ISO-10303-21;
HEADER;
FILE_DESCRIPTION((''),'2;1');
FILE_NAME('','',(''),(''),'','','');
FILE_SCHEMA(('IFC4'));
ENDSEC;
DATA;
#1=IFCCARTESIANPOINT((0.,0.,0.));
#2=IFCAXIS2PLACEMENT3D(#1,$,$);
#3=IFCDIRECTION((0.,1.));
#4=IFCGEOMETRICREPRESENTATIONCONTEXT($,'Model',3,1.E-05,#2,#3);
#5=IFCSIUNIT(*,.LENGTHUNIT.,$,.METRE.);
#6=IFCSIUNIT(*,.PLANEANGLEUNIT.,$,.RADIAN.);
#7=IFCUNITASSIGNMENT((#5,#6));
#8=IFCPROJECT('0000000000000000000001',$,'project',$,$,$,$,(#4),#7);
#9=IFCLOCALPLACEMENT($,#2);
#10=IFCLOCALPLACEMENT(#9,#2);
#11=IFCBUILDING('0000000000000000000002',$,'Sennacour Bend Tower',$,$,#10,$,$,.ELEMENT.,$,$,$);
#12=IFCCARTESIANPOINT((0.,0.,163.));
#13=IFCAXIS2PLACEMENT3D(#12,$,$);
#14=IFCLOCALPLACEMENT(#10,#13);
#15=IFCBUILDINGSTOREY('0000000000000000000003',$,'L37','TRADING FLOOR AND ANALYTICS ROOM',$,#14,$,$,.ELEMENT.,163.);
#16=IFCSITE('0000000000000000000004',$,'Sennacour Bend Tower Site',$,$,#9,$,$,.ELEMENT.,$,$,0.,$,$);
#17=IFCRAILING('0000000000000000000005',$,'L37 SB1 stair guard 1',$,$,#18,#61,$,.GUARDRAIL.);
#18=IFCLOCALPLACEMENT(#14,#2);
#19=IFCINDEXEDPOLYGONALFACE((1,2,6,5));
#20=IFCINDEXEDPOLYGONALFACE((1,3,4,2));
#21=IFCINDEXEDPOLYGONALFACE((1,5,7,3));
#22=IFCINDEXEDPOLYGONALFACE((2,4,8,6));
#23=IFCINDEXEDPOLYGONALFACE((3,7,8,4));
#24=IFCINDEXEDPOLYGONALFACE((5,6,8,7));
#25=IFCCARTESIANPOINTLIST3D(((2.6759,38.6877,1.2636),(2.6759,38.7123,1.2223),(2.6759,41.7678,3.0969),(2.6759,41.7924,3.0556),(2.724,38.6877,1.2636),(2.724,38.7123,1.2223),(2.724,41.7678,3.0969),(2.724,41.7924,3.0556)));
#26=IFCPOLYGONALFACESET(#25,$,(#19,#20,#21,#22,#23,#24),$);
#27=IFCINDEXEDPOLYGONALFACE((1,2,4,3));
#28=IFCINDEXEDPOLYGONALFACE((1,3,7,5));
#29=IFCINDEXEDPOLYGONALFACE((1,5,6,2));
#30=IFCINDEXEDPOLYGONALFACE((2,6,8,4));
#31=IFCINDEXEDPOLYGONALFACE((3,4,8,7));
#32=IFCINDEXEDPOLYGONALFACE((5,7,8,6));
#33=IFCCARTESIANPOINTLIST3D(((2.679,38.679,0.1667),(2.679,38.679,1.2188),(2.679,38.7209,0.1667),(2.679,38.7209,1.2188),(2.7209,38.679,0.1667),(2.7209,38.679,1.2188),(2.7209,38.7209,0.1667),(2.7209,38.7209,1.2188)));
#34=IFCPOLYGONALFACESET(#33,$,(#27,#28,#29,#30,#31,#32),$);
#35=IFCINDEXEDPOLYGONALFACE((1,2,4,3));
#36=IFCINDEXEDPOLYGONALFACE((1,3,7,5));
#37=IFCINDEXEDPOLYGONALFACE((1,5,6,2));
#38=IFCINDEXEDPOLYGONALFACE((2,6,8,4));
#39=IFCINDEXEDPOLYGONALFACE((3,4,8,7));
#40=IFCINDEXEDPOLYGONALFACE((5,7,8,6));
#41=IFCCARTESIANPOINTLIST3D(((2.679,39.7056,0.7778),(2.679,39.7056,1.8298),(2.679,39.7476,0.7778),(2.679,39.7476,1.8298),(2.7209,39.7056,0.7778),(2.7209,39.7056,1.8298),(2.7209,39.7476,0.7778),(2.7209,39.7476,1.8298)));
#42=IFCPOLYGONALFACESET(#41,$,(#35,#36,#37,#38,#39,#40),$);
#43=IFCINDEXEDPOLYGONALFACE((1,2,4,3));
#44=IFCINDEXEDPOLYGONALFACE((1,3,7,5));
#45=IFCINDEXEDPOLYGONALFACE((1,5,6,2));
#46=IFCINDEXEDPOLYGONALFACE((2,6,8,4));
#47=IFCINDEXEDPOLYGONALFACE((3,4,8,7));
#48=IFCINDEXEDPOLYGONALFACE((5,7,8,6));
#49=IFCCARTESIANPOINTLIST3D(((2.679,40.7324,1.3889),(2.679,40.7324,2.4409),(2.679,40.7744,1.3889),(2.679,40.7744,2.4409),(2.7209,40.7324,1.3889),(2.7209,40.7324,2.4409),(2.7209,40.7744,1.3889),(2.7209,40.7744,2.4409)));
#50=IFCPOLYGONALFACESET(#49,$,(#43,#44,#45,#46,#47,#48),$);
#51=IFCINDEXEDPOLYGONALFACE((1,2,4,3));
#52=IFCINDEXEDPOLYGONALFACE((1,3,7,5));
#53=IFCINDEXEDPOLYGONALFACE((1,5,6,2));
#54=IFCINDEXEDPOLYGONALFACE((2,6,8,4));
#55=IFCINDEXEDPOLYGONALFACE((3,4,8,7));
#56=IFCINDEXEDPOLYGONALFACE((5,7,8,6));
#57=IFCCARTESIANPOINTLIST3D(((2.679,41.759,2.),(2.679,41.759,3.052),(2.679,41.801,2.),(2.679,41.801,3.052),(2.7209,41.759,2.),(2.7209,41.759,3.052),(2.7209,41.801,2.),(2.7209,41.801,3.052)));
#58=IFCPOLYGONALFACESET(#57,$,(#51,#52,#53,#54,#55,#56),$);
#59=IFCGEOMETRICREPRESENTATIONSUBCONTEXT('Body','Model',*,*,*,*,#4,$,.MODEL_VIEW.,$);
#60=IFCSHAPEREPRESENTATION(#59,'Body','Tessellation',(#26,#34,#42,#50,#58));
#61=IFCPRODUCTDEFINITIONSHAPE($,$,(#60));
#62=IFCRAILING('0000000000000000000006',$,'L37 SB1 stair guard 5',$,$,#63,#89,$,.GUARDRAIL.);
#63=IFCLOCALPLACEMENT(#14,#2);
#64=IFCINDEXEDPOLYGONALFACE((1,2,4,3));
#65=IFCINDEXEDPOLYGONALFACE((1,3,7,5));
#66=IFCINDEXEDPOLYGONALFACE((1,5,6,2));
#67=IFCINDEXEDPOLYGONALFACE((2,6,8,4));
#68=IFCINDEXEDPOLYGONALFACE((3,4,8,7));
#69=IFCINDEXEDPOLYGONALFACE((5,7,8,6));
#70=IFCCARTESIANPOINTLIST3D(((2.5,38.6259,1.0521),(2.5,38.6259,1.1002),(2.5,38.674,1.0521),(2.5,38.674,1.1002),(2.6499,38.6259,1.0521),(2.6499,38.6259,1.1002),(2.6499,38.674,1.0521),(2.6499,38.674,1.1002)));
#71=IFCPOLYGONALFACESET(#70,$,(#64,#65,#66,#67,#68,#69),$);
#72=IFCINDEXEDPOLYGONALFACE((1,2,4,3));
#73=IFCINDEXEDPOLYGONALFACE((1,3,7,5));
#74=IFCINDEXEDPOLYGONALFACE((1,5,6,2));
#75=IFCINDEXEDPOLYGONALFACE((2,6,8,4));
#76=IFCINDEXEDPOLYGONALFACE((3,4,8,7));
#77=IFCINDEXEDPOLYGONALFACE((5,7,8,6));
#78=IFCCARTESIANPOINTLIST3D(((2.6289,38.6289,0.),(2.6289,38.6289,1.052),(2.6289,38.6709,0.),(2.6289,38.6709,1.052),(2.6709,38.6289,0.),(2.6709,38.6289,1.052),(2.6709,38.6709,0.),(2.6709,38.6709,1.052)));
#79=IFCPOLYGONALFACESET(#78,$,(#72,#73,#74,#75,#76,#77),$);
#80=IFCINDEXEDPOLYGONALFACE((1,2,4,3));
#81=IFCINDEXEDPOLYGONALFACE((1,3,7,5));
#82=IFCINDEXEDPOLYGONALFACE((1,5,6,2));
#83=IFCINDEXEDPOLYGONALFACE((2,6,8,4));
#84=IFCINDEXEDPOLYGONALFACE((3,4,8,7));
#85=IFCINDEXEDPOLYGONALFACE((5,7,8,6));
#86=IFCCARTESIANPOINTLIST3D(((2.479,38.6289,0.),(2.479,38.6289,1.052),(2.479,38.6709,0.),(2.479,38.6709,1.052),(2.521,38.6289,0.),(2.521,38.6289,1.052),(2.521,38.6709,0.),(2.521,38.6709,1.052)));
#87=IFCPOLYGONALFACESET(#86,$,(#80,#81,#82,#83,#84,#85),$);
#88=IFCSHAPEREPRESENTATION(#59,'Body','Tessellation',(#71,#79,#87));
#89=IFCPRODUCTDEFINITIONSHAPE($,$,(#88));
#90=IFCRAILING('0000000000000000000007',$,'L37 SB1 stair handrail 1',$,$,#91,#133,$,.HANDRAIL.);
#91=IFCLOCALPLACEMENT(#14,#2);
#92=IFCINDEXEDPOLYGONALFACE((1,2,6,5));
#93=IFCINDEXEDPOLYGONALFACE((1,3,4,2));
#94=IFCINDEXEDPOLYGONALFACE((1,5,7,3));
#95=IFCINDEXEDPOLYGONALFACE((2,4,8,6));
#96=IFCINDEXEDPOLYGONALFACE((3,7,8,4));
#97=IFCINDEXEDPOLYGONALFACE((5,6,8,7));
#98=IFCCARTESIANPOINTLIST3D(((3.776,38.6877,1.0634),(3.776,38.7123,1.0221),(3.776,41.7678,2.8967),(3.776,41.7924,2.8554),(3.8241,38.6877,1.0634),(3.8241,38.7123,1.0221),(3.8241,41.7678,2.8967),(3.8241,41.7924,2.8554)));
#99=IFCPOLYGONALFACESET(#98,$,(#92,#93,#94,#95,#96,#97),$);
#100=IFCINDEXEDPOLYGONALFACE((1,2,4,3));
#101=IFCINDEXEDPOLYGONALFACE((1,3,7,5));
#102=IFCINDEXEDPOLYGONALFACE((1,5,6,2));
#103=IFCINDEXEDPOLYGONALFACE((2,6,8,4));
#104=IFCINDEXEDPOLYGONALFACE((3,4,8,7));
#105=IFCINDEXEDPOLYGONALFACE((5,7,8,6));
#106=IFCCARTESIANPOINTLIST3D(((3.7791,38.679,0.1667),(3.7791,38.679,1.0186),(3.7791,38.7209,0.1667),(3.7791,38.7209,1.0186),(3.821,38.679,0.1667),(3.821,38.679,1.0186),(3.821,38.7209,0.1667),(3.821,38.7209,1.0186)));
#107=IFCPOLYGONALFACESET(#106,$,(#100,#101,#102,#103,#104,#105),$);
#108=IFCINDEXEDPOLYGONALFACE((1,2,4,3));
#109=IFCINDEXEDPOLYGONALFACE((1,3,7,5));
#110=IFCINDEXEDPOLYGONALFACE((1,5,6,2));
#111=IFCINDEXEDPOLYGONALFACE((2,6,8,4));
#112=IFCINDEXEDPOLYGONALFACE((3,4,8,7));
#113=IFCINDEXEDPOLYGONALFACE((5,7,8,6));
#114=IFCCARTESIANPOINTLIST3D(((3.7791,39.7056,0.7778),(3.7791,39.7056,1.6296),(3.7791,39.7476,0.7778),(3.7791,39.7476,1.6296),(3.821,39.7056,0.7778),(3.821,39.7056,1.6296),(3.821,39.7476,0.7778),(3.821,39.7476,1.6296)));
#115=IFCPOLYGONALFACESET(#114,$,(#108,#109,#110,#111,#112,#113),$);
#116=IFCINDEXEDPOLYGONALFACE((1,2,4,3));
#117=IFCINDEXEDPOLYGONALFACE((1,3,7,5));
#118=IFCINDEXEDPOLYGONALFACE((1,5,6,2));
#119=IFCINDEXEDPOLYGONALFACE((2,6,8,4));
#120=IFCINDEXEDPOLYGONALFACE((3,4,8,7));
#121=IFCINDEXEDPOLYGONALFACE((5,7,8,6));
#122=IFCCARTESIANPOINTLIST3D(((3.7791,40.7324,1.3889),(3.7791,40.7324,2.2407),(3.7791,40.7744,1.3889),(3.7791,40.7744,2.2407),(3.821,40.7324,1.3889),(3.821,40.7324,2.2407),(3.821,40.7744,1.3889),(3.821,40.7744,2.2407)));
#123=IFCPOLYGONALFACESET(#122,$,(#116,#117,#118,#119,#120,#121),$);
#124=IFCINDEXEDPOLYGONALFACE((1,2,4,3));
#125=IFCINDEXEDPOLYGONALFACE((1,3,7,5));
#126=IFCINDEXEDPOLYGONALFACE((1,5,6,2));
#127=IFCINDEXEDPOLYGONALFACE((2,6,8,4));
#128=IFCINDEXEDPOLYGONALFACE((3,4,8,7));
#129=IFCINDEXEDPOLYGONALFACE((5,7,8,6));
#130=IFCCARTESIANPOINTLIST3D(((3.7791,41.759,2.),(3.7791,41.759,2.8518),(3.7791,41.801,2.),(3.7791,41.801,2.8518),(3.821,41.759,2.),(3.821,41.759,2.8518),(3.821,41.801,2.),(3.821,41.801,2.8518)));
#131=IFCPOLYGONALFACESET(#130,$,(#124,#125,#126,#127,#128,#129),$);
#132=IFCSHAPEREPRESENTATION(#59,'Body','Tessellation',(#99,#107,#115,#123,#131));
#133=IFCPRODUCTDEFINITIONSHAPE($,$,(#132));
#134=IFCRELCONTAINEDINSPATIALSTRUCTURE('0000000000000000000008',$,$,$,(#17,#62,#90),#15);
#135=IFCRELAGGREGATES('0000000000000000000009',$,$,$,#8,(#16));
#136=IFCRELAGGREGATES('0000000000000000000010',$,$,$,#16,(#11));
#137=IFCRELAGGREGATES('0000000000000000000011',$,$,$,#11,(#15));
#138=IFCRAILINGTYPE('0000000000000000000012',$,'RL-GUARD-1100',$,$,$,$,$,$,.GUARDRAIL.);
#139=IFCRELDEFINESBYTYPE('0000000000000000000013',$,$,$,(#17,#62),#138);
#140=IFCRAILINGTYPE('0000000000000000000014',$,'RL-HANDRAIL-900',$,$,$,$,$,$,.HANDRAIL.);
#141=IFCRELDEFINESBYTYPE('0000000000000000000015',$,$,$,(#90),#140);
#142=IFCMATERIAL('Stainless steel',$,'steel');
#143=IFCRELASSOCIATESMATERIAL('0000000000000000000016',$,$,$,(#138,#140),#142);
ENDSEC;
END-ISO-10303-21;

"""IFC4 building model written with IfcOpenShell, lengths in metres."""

from ifc_helpers import new_model, si_unit, direction, frame, origin, origin_2d, place, context, subcontext, project, spatial, rectangle, extrude, material, type_object, element, save


model = new_model("IFC4")

# Units and contexts
model_context = context("Model", 3, precision=1e-05, world=origin(), true_north=direction((0.0, 1.0)))
body_context = subcontext(model_context, "Body", "Model", "MODEL_VIEW")
ifc_project = project(units=[si_unit("LENGTHUNIT", "METRE"), si_unit("PLANEANGLEUNIT", "RADIAN")], contexts=[model_context])

# Site, building, storey
site_placement = place(None, origin())
site = spatial("IfcSite", under=ifc_project, at=site_placement, Name="Sennacour Bend Tower Site", CompositionType="ELEMENT", RefElevation=0.0)
building_placement = place(site_placement, origin())
building = spatial("IfcBuilding", under=site, at=building_placement, Name="Sennacour Bend Tower", CompositionType="ELEMENT")
storey_placement = place(building_placement, frame((0.0, 0.0, 163.0)))
storey = spatial("IfcBuildingStorey", under=building, at=storey_placement, Name="L37", Description="TRADING FLOOR AND ANALYTICS ROOM", CompositionType="ELEMENT", Elevation=163.0)

# Shared definitions
ifc_material_1 = material(Name="Stainless steel", Category="steel")

# Railings
railing_type_1 = type_object("IfcRailingType", Name="RL-GUARD-1100", PredefinedType="GUARDRAIL", material=ifc_material_1)
railing_1_placement = place(storey_placement, frame((2.7, 38.7, 0.1667)))
element("IfcRailing", 1, at=railing_1_placement, inside=storey, type_object=railing_type_1, Name="L37 SB1 stair guard 1", PredefinedType="GUARDRAIL", context=body_context, shape_type="SweptSolid", body=[
    extrude(rectangle(XDim=0.0481, YDim=0.0481, at=origin_2d()), frame((0.0, 0.0, 1.0762), z_axis=(0.0, 0.859309, 0.511458), x_axis=(-1.0, 0.0, 0.0)), (0.0, 0.0, 1.0), 3.5845),
    extrude(rectangle(XDim=0.042, YDim=0.042, at=origin_2d()), origin(), (0.0, 0.0, 1.0), 1.052),
    extrude(rectangle(XDim=0.042, YDim=0.042, at=origin_2d()), frame((0.0, 1.0266, 0.6111)), (0.0, 0.0, 1.0), 1.052),
    extrude(rectangle(XDim=0.042, YDim=0.042, at=origin_2d()), frame((0.0, 2.0535, 1.2222)), (0.0, 0.0, 1.0), 1.052),
    extrude(rectangle(XDim=0.042, YDim=0.042, at=origin_2d()), frame((0.0, 3.0801, 1.8333)), (0.0, 0.0, 1.0), 1.052),
])
railing_2_placement = place(storey_placement, frame((2.6499, 38.6499, 0.0)))
element("IfcRailing", 2, at=railing_2_placement, inside=storey, type_object=railing_type_1, Name="L37 SB1 stair guard 5", PredefinedType="GUARDRAIL", context=body_context, shape_type="SweptSolid", body=[
    extrude(rectangle(XDim=0.0481, YDim=0.0481, at=origin_2d()), frame((0.0, 0.0, 1.0762), z_axis=(-1.0, 0.0, 0.0), x_axis=(0.0, -1.0, 0.0)), (0.0, 0.0, 1.0), 0.1499),
    extrude(rectangle(XDim=0.042, YDim=0.042, at=origin_2d()), origin(), (0.0, 0.0, 1.0), 1.052),
    extrude(rectangle(XDim=0.042, YDim=0.042, at=origin_2d()), frame((-0.1499, 0.0, 0.0)), (0.0, 0.0, 1.0), 1.052),
])
railing_type_2 = type_object("IfcRailingType", Name="RL-HANDRAIL-900", PredefinedType="HANDRAIL", material=ifc_material_1)
railing_3_placement = place(storey_placement, frame((3.8, 38.7, 0.1667)))
element("IfcRailing", 3, at=railing_3_placement, inside=storey, type_object=railing_type_2, Name="L37 SB1 stair handrail 1", PredefinedType="HANDRAIL", context=body_context, shape_type="SweptSolid", body=[
    extrude(rectangle(XDim=0.0481, YDim=0.0481, at=origin_2d()), frame((0.0, 0.0, 0.876), z_axis=(0.0, 0.859309, 0.511458), x_axis=(-1.0, 0.0, 0.0)), (0.0, 0.0, 1.0), 3.5845),
    extrude(rectangle(XDim=0.042, YDim=0.042, at=origin_2d()), origin(), (0.0, 0.0, 1.0), 0.8518),
    extrude(rectangle(XDim=0.042, YDim=0.042, at=origin_2d()), frame((0.0, 1.0266, 0.6111)), (0.0, 0.0, 1.0), 0.8518),
    extrude(rectangle(XDim=0.042, YDim=0.042, at=origin_2d()), frame((0.0, 2.0535, 1.2222)), (0.0, 0.0, 1.0), 0.8518),
    extrude(rectangle(XDim=0.042, YDim=0.042, at=origin_2d()), frame((0.0, 3.0801, 1.8333)), (0.0, 0.0, 1.0), 0.8518),
])

save(model, "model.ifc")
